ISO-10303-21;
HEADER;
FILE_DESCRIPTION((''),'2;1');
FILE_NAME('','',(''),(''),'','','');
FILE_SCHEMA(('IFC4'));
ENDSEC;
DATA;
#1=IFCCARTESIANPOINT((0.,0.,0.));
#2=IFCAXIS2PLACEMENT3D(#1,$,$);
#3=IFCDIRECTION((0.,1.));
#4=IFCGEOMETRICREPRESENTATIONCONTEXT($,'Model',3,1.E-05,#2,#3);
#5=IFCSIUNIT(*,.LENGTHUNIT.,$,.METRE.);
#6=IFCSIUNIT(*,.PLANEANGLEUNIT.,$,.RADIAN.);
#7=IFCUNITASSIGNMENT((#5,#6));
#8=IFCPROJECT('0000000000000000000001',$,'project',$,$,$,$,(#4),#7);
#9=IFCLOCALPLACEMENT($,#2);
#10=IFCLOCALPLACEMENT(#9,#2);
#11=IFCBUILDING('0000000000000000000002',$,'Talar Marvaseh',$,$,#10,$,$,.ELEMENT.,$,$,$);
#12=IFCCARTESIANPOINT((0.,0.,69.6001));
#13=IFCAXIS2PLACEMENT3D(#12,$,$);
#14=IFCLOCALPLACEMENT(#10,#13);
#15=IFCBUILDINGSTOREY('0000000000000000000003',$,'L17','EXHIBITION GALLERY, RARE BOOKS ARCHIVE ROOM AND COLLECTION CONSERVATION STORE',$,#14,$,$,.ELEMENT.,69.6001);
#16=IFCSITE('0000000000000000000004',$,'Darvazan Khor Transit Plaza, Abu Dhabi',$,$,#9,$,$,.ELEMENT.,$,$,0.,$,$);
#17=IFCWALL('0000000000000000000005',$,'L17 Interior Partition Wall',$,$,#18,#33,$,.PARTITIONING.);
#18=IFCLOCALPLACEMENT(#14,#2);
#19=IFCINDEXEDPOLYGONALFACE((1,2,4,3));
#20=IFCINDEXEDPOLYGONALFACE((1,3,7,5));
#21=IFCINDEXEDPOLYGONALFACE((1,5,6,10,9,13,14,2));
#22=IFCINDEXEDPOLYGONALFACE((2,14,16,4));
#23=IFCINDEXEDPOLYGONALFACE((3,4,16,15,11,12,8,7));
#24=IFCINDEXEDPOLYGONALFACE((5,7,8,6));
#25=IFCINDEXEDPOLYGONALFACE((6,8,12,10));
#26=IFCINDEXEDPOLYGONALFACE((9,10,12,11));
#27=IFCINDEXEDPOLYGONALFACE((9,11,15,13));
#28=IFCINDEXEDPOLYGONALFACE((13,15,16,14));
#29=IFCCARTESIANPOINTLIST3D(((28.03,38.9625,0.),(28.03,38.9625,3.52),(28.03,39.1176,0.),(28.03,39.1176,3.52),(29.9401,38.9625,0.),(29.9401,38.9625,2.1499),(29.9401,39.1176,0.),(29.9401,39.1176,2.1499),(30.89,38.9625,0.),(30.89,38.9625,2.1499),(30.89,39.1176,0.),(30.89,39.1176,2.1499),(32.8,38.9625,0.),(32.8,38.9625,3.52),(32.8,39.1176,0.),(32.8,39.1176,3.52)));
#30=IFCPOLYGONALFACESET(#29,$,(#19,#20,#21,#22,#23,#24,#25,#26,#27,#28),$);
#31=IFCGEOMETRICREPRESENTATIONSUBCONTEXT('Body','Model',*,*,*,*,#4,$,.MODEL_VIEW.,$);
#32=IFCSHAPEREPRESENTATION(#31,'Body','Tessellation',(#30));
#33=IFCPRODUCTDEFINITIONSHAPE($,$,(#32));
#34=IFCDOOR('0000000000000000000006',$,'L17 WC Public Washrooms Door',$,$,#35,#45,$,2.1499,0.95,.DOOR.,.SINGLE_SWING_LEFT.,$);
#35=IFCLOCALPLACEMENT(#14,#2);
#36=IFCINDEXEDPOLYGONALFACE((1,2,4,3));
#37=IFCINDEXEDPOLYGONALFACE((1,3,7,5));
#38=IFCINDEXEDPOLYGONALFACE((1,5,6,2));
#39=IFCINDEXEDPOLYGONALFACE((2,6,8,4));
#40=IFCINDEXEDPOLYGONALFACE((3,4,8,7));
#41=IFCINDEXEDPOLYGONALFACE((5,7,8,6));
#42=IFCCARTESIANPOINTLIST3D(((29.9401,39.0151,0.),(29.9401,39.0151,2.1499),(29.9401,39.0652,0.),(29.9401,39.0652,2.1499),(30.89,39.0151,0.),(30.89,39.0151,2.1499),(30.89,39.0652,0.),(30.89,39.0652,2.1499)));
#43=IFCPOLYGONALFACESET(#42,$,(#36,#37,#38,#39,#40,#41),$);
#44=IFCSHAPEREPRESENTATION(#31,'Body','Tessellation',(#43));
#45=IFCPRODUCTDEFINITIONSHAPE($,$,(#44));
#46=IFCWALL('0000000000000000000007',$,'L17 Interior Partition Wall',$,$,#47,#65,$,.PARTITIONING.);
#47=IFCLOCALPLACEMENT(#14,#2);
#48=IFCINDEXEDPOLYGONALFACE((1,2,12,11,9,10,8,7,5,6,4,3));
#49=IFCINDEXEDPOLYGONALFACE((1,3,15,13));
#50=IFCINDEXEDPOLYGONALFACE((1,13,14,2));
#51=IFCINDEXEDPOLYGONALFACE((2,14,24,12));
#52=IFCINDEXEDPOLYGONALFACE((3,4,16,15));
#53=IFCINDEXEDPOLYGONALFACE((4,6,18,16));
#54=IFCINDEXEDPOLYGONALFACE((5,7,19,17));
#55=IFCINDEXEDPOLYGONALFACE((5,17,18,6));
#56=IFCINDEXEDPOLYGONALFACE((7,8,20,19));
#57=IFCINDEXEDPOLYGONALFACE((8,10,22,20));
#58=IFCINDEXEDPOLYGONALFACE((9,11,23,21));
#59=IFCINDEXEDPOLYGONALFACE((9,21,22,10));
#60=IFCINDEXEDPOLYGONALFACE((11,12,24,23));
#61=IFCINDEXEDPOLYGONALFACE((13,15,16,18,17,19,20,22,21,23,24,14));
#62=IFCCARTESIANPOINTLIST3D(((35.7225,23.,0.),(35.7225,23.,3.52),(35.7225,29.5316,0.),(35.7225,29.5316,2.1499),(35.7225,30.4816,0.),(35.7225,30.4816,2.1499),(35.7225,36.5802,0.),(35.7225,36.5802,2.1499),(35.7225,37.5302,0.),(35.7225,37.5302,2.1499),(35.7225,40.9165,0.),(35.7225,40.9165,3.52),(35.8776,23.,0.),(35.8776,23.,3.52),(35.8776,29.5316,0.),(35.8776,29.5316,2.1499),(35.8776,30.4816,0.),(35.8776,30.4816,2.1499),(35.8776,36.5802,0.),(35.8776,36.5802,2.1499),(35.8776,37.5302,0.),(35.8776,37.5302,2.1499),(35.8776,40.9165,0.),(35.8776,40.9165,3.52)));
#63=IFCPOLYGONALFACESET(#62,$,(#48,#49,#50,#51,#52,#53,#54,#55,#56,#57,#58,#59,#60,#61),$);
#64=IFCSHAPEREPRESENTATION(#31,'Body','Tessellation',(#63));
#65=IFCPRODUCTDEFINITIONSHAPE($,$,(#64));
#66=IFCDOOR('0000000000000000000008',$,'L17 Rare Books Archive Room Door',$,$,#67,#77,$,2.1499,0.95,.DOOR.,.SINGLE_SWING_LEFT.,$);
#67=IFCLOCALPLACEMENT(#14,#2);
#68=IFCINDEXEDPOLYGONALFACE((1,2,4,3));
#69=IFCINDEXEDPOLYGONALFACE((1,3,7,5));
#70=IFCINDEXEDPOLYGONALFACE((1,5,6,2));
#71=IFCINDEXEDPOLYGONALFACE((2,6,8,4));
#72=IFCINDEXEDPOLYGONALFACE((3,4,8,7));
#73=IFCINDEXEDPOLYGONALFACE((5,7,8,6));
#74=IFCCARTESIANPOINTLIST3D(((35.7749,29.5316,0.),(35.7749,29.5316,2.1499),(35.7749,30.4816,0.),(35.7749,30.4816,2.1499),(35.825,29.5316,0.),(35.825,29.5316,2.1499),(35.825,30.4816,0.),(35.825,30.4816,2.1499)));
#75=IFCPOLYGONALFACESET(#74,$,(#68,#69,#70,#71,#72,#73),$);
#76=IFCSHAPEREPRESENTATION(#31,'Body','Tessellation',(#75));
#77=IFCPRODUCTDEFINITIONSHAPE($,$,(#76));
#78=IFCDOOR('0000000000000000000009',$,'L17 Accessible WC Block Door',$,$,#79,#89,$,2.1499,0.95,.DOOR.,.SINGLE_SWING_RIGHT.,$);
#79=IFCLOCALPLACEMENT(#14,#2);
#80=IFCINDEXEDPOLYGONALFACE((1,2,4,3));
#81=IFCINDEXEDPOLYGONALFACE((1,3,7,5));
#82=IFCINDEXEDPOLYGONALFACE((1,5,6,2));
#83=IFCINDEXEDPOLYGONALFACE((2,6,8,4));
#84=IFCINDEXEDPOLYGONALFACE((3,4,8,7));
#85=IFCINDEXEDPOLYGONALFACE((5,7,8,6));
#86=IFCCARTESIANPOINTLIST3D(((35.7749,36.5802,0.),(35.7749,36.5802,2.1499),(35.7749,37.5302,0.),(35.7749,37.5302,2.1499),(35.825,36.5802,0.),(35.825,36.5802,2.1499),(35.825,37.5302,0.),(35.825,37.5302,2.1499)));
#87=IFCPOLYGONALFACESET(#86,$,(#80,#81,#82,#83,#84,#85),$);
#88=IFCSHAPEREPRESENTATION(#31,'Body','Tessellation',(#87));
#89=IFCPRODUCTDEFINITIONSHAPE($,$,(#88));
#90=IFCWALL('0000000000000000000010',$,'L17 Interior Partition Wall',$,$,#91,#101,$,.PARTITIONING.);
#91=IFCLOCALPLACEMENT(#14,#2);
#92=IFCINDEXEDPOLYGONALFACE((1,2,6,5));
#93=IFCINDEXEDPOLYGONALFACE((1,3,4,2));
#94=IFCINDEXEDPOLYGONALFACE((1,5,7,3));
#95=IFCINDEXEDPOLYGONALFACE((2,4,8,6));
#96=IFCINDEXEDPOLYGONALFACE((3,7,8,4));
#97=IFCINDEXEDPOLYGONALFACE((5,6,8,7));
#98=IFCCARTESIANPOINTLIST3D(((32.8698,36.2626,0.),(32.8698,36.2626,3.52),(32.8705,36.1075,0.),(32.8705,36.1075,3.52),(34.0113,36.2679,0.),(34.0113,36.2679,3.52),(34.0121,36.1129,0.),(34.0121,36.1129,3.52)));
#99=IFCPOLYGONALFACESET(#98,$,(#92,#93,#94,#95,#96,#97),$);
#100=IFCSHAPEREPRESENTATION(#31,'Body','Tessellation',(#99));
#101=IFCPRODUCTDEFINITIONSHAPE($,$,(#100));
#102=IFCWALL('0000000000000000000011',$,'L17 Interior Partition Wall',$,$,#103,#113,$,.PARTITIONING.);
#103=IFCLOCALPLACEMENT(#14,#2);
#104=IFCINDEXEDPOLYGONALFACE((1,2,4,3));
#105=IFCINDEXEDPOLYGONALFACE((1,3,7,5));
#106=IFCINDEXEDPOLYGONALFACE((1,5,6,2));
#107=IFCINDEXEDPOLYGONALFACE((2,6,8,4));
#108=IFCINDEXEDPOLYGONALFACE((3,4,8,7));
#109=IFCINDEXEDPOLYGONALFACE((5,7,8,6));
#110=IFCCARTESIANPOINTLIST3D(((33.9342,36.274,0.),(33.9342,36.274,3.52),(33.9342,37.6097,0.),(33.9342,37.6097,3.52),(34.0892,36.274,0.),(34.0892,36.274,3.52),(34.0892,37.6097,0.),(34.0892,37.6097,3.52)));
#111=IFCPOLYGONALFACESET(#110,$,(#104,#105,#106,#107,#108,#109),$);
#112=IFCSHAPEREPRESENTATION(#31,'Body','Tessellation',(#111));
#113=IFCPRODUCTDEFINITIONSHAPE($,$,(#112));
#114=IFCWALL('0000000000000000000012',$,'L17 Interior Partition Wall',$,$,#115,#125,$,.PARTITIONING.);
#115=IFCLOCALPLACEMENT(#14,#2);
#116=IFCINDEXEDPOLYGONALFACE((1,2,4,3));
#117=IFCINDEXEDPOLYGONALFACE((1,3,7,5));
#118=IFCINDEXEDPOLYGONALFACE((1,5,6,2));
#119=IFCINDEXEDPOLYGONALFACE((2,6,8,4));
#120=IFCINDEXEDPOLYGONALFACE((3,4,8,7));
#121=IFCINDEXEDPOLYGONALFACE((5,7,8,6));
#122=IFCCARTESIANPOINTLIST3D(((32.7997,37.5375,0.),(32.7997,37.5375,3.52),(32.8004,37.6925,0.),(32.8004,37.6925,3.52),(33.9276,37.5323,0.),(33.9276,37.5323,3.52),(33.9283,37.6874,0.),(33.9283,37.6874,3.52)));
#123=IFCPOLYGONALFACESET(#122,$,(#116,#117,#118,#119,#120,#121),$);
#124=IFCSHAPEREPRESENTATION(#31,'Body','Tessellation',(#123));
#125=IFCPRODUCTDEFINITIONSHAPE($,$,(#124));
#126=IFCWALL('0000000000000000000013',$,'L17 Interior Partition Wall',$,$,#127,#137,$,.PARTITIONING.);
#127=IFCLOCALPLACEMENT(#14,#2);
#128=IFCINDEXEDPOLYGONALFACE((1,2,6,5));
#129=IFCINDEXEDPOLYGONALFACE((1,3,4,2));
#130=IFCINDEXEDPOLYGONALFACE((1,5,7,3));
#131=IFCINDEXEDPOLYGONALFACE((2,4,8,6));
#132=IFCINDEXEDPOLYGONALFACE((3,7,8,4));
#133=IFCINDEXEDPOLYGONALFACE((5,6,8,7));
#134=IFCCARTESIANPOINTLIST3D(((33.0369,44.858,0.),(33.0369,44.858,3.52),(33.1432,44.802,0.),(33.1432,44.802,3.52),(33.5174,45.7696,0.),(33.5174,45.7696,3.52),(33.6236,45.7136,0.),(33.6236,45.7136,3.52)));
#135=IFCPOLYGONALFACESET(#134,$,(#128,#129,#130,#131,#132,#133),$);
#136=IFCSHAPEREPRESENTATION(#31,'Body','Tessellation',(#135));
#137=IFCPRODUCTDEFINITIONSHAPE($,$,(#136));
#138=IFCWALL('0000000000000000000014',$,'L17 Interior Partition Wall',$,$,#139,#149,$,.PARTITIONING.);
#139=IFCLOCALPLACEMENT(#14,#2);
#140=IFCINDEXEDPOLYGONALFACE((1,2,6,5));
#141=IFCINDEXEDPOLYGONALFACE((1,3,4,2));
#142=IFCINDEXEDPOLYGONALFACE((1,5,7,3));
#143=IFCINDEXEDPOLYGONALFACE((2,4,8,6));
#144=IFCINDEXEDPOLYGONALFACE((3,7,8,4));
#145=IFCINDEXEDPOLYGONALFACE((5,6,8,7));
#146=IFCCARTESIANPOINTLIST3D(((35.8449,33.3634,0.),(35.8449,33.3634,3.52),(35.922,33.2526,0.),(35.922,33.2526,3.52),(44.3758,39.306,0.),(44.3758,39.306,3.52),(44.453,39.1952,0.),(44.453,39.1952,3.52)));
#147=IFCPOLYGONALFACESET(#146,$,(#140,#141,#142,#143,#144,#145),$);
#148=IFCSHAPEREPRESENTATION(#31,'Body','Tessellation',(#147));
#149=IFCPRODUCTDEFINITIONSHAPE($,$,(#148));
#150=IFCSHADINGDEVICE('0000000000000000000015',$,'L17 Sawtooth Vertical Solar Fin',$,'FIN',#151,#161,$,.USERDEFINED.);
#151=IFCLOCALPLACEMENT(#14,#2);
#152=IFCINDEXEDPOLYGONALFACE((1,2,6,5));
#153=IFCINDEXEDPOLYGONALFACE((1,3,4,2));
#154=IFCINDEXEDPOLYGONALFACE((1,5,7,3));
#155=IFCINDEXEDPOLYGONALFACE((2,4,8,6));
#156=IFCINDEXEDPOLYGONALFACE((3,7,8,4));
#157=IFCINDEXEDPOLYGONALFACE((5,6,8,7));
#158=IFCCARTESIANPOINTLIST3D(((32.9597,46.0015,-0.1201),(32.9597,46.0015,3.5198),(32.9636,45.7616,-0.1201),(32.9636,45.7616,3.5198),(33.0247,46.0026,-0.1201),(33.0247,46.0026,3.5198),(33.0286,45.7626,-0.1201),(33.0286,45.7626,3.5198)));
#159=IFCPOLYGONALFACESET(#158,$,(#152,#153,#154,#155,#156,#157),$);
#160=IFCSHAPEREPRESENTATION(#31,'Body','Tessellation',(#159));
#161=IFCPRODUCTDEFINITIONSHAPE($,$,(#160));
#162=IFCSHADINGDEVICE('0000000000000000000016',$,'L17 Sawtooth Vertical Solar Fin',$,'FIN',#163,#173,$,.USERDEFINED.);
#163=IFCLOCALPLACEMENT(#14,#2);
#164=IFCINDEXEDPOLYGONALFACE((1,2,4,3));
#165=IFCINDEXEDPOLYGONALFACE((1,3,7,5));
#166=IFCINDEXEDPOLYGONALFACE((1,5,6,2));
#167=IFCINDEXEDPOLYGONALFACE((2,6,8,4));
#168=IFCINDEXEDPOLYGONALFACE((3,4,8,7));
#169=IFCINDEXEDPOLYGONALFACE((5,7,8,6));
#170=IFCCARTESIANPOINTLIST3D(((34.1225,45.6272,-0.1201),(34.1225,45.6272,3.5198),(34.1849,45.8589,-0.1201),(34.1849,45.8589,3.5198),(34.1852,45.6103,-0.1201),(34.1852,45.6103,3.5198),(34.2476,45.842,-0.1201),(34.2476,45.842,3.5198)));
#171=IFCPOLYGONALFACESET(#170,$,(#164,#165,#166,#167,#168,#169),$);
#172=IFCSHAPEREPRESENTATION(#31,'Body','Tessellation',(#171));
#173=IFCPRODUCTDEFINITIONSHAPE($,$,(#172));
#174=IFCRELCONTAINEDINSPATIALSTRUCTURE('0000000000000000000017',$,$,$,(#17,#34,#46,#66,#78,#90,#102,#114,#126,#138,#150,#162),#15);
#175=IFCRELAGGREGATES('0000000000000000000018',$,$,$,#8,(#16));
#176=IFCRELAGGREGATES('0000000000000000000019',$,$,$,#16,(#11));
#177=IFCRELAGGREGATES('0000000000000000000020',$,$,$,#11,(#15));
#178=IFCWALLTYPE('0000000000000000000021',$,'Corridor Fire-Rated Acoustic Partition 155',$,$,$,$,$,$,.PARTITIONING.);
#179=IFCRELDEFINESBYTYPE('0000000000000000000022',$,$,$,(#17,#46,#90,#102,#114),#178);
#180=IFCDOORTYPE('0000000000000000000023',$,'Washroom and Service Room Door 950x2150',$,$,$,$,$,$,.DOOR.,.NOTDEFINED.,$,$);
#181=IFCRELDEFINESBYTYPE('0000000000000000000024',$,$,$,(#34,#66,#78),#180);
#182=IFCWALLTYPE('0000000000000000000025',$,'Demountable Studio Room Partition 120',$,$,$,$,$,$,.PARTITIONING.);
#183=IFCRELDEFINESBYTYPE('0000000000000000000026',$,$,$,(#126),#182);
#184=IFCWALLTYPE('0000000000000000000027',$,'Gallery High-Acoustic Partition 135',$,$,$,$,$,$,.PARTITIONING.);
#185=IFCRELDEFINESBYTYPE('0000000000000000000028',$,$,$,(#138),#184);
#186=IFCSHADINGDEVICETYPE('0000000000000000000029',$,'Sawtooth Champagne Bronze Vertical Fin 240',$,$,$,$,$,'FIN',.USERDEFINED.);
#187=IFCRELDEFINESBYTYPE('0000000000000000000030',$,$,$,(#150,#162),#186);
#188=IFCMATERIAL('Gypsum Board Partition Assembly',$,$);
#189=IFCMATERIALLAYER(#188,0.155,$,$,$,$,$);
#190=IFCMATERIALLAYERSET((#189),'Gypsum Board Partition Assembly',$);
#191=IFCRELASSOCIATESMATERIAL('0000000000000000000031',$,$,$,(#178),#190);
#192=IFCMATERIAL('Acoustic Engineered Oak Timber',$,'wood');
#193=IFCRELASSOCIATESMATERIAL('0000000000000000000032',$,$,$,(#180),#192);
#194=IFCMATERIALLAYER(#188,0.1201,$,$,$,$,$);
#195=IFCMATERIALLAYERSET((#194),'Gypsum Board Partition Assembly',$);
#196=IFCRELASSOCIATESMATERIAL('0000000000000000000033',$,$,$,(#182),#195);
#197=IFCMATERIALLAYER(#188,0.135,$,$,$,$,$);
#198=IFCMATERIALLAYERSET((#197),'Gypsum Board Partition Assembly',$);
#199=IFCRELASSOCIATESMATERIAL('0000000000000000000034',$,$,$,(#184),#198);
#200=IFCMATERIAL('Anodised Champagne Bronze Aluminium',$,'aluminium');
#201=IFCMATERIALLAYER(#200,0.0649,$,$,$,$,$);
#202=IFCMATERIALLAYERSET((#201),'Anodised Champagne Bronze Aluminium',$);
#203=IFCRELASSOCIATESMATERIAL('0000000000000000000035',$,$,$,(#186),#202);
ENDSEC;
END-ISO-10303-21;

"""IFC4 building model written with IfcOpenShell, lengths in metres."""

from ifc_helpers import new_model, si_unit, direction, frame, frame_2d, origin, origin_2d, place, context, subcontext, project, spatial, rectangle, extrude, source, transform, mapped, material, layer, layer_set, type_object, type_shapes, element, fill, save


model = new_model("IFC4")

# Units and contexts
model_context = context("Model", 3, precision=1e-05, world=origin(), true_north=direction((0.0, 1.0)))
body_context = subcontext(model_context, "Body", "Model", "MODEL_VIEW")
ifc_project = project(units=[si_unit("LENGTHUNIT", "METRE"), si_unit("PLANEANGLEUNIT", "RADIAN")], contexts=[model_context])

# Site, building, storey
site_placement = place(None, origin())
site = spatial("IfcSite", under=ifc_project, at=site_placement, Name="Darvazan Khor Transit Plaza, Abu Dhabi", CompositionType="ELEMENT", RefElevation=0.0)
building_placement = place(site_placement, origin())
building = spatial("IfcBuilding", under=site, at=building_placement, Name="Talar Marvaseh", CompositionType="ELEMENT")
storey_placement = place(building_placement, frame((0.0, 0.0, 69.6001)))
storey = spatial("IfcBuildingStorey", under=building, at=storey_placement, Name="L17", Description="EXHIBITION GALLERY, RARE BOOKS ARCHIVE ROOM AND COLLECTION CONSERVATION STORE", CompositionType="ELEMENT", Elevation=69.6001)

# Wall, opening, door
ifc_material_1 = material(Name="Gypsum Board Partition Assembly")
ifc_layer_1 = layer(ifc_material_1, 0.155)
ifc_layer_set_1 = layer_set([ifc_layer_1], Name="Gypsum Board Partition Assembly")
wall_type_1 = type_object("IfcWallType", Name="Corridor Fire-Rated Acoustic Partition 155", PredefinedType="PARTITIONING", material=ifc_layer_set_1)
wall_1_placement = place(storey_placement, frame((32.8, 39.04, 0.0), z_axis=(0.0, 0.0, 1.0), x_axis=(-1.0, 0.0, 0.0)))
wall_1 = element("IfcWall", 1, at=wall_1_placement, inside=storey, type_object=wall_type_1, Name="L17 Interior Partition Wall", PredefinedType="PARTITIONING", context=body_context, shape_type="SweptSolid", body=[
    extrude(rectangle(XDim=4.77, YDim=0.155, at=frame_2d((2.385, 0.0))), origin(), (0.0, 0.0, 1.0), 3.52),
])
opening_1_placement = place(wall_1_placement, frame((1.9099, 0.0, 0.0)))
opening_1 = element("IfcOpeningElement", 2, at=opening_1_placement, cuts=wall_1, PredefinedType="OPENING", context=body_context, shape_type="SweptSolid", body=[
    extrude(rectangle(XDim=0.95, YDim=2.1499, at=frame_2d((0.4751, 1.075))), frame((0.0, 0.0874, 0.0), z_axis=(0.0, -1.0, 0.0), x_axis=(1.0, 0.0, 0.0)), (0.0, 0.0, 1.0), 0.175),
])
ifc_material_2 = material(Name="Acoustic Engineered Oak Timber", Category="wood")
door_type = type_object("IfcDoorType", Name="Washroom and Service Room Door 950x2150", OperationType="NOTDEFINED", PredefinedType="DOOR", material=ifc_material_2)
shared_shape_1 = source(origin(), body_context, "Body", "SweptSolid", [
    extrude(rectangle(XDim=0.95, YDim=2.1499, at=frame_2d((0.4751, 1.075))), frame((0.0, 0.0249, 0.0), z_axis=(0.0, -1.0, 0.0), x_axis=(1.0, 0.0, 0.0)), (0.0, 0.0, 1.0), 0.05),
])
type_shapes(door_type, [shared_shape_1])
door_1_placement = place(opening_1_placement, origin())
door_1 = element("IfcDoor", 3, at=door_1_placement, inside=storey, type_object=door_type, Name="L17 WC Public Washrooms Door", OperationType="SINGLE_SWING_LEFT", OverallHeight=2.1499, OverallWidth=0.95, PredefinedType="DOOR", context=body_context, shape_type="MappedRepresentation", body=[
    mapped(shared_shape_1, transform((0.0, 0.0, 0.0), x_axis=(1.0, 0.0, 0.0), y_axis=(0.0, 1.0, 0.0), z_axis=(0.0, 0.0, 1.0), scale=1.0)),
])
fill(opening_1, door_1)

# Wall, openings, doors
wall_2_placement = place(storey_placement, frame((35.8, 40.9165, 0.0), z_axis=(0.0, 0.0, 1.0), x_axis=(0.0, -1.0, 0.0)))
wall_2 = element("IfcWall", 4, at=wall_2_placement, inside=storey, type_object=wall_type_1, Name="L17 Interior Partition Wall", PredefinedType="PARTITIONING", context=body_context, shape_type="SweptSolid", body=[
    extrude(rectangle(XDim=17.9165, YDim=0.155, at=frame_2d((8.9583, 0.0))), origin(), (0.0, 0.0, 1.0), 3.52),
])
opening_2_placement = place(wall_2_placement, frame((10.4348, 0.0, 0.0)))
opening_2 = element("IfcOpeningElement", 5, at=opening_2_placement, cuts=wall_2, PredefinedType="OPENING", context=body_context, shape_type="SweptSolid", body=[
    extrude(rectangle(XDim=0.95, YDim=2.1499, at=frame_2d((0.4751, 1.075))), frame((0.0, 0.0874, 0.0), z_axis=(0.0, -1.0, 0.0), x_axis=(1.0, 0.0, 0.0)), (0.0, 0.0, 1.0), 0.175),
])
opening_3_placement = place(wall_2_placement, frame((3.3862, 0.0, 0.0)))
opening_3 = element("IfcOpeningElement", 6, at=opening_3_placement, cuts=wall_2, PredefinedType="OPENING", context=body_context, shape_type="SweptSolid", body=[
    extrude(rectangle(XDim=0.95, YDim=2.1499, at=frame_2d((0.4751, 1.075))), frame((0.0, 0.0874, 0.0), z_axis=(0.0, -1.0, 0.0), x_axis=(1.0, 0.0, 0.0)), (0.0, 0.0, 1.0), 0.175),
])
door_2_placement = place(opening_2_placement, origin())
door_2 = element("IfcDoor", 7, at=door_2_placement, inside=storey, type_object=door_type, Name="L17 Rare Books Archive Room Door", OperationType="SINGLE_SWING_LEFT", OverallHeight=2.1499, OverallWidth=0.95, PredefinedType="DOOR", context=body_context, shape_type="MappedRepresentation", body=[
    mapped(shared_shape_1, transform((0.0, 0.0, 0.0), x_axis=(1.0, 0.0, 0.0), y_axis=(0.0, 1.0, 0.0), z_axis=(0.0, 0.0, 1.0), scale=1.0)),
])
fill(opening_2, door_2)
door_3_placement = place(opening_3_placement, origin())
door_3 = element("IfcDoor", 8, at=door_3_placement, inside=storey, type_object=door_type, Name="L17 Accessible WC Block Door", OperationType="SINGLE_SWING_RIGHT", OverallHeight=2.1499, OverallWidth=0.95, PredefinedType="DOOR", context=body_context, shape_type="MappedRepresentation", body=[
    mapped(shared_shape_1, transform((0.0, 0.0, 0.0), x_axis=(1.0, 0.0, 0.0), y_axis=(0.0, 1.0, 0.0), z_axis=(0.0, 0.0, 1.0), scale=1.0)),
])
fill(opening_3, door_3)

# Walls
wall_3_placement = place(storey_placement, frame((32.8701, 36.1851, 0.0), z_axis=(0.0, 0.0, 1.0), x_axis=(0.999989, 0.004705, 0.0)))
element("IfcWall", 9, at=wall_3_placement, inside=storey, type_object=wall_type_1, Name="L17 Interior Partition Wall", PredefinedType="PARTITIONING", context=body_context, shape_type="SweptSolid", body=[
    extrude(rectangle(XDim=1.1416, YDim=0.155, at=frame_2d((0.5708, 0.0))), origin(), (0.0, 0.0, 1.0), 3.52),
])
wall_4_placement = place(storey_placement, frame((34.0117, 36.2739, 0.0), z_axis=(0.0, 0.0, 1.0), x_axis=(0.0, 1.0, 0.0)))
element("IfcWall", 10, at=wall_4_placement, inside=storey, type_object=wall_type_1, Name="L17 Interior Partition Wall", PredefinedType="PARTITIONING", context=body_context, shape_type="SweptSolid", body=[
    extrude(rectangle(XDim=1.3357, YDim=0.155, at=frame_2d((0.668, 0.0))), origin(), (0.0, 0.0, 1.0), 3.52),
])
wall_5_placement = place(storey_placement, frame((33.928, 37.6099, 0.0), z_axis=(0.0, 0.0, 1.0), x_axis=(-0.99999, 0.004545, 0.0)))
element("IfcWall", 11, at=wall_5_placement, inside=storey, type_object=wall_type_1, Name="L17 Interior Partition Wall", PredefinedType="PARTITIONING", context=body_context, shape_type="SweptSolid", body=[
    extrude(rectangle(XDim=1.1279, YDim=0.155, at=frame_2d((0.564, 0.0))), origin(), (0.0, 0.0, 1.0), 3.52),
])
ifc_layer_2 = layer(ifc_material_1, 0.1201)
ifc_layer_set_2 = layer_set([ifc_layer_2], Name="Gypsum Board Partition Assembly")
wall_type_2 = type_object("IfcWallType", Name="Demountable Studio Room Partition 120", PredefinedType="PARTITIONING", material=ifc_layer_set_2)
wall_6_placement = place(storey_placement, frame((33.0901, 44.8301, 0.0), z_axis=(0.0, 0.0, 1.0), x_axis=(0.466254, 0.884651, 0.0)))
element("IfcWall", 12, at=wall_6_placement, inside=storey, type_object=wall_type_2, Name="L17 Interior Partition Wall", PredefinedType="PARTITIONING", context=body_context, shape_type="SweptSolid", body=[
    extrude(rectangle(XDim=1.0305, YDim=0.1201, at=frame_2d((0.5151, 0.0))), origin(), (0.0, 0.0, 1.0), 3.52),
])
ifc_layer_3 = layer(ifc_material_1, 0.135)
ifc_layer_set_3 = layer_set([ifc_layer_3], Name="Gypsum Board Partition Assembly")
wall_type_3 = type_object("IfcWallType", Name="Gallery High-Acoustic Partition 135", PredefinedType="PARTITIONING", material=ifc_layer_set_3)
wall_7_placement = place(storey_placement, frame((35.8835, 33.3081, 0.0), z_axis=(0.0, 0.0, 1.0), x_axis=(0.820544, 0.571584, 0.0)))
element("IfcWall", 13, at=wall_7_placement, inside=storey, type_object=wall_type_3, Name="L17 Interior Partition Wall", PredefinedType="PARTITIONING", context=body_context, shape_type="SweptSolid", body=[
    extrude(rectangle(XDim=10.3967, YDim=0.135, at=frame_2d((5.1982, 0.0))), origin(), (0.0, 0.0, 1.0), 3.52),
])

# Shading devices
ifc_material_3 = material(Name="Anodised Champagne Bronze Aluminium", Category="aluminium")
ifc_layer_4 = layer(ifc_material_3, 0.0649)
ifc_layer_set_4 = layer_set([ifc_layer_4], Name="Anodised Champagne Bronze Aluminium")
shading_device_type = type_object("IfcShadingDeviceType", Name="Sawtooth Champagne Bronze Vertical Fin 240", ElementType="FIN", PredefinedType="USERDEFINED", material=ifc_layer_set_4)
shared_shape_2 = source(origin(), body_context, "Body", "SweptSolid", [
    extrude(rectangle(XDim=0.24, YDim=0.0649, at=origin_2d()), origin(), (0.0, 0.0, 1.0), 3.6399),
])
type_shapes(shading_device_type, [shared_shape_2])
for number, where, z_axis, x_axis, name in (
    (14, (32.9941, 45.8821, -0.1201), (0.0, 0.0, 1.0), (-0.016231, 0.999868, 0.0), "L17 Sawtooth Vertical Solar Fin"),
    (15, (34.1851, 45.7346, -0.1201), (0.0, 0.0, 1.0), (0.259999, 0.965609, 0.0), "L17 Sawtooth Vertical Solar Fin"),
):
    element("IfcShadingDevice", number, at=place(storey_placement, frame(where, z_axis=z_axis, x_axis=x_axis)), inside=storey, type_object=shading_device_type, Name=name, ObjectType="FIN", PredefinedType="USERDEFINED", context=body_context, shape_type="MappedRepresentation", body=[
        mapped(shared_shape_2, transform((0.0, 0.0, 0.0), x_axis=(1.0, 0.0, 0.0), y_axis=(0.0, 1.0, 0.0), z_axis=(0.0, 0.0, 1.0), scale=1.0)),
    ])

save(model, "model.ifc")
